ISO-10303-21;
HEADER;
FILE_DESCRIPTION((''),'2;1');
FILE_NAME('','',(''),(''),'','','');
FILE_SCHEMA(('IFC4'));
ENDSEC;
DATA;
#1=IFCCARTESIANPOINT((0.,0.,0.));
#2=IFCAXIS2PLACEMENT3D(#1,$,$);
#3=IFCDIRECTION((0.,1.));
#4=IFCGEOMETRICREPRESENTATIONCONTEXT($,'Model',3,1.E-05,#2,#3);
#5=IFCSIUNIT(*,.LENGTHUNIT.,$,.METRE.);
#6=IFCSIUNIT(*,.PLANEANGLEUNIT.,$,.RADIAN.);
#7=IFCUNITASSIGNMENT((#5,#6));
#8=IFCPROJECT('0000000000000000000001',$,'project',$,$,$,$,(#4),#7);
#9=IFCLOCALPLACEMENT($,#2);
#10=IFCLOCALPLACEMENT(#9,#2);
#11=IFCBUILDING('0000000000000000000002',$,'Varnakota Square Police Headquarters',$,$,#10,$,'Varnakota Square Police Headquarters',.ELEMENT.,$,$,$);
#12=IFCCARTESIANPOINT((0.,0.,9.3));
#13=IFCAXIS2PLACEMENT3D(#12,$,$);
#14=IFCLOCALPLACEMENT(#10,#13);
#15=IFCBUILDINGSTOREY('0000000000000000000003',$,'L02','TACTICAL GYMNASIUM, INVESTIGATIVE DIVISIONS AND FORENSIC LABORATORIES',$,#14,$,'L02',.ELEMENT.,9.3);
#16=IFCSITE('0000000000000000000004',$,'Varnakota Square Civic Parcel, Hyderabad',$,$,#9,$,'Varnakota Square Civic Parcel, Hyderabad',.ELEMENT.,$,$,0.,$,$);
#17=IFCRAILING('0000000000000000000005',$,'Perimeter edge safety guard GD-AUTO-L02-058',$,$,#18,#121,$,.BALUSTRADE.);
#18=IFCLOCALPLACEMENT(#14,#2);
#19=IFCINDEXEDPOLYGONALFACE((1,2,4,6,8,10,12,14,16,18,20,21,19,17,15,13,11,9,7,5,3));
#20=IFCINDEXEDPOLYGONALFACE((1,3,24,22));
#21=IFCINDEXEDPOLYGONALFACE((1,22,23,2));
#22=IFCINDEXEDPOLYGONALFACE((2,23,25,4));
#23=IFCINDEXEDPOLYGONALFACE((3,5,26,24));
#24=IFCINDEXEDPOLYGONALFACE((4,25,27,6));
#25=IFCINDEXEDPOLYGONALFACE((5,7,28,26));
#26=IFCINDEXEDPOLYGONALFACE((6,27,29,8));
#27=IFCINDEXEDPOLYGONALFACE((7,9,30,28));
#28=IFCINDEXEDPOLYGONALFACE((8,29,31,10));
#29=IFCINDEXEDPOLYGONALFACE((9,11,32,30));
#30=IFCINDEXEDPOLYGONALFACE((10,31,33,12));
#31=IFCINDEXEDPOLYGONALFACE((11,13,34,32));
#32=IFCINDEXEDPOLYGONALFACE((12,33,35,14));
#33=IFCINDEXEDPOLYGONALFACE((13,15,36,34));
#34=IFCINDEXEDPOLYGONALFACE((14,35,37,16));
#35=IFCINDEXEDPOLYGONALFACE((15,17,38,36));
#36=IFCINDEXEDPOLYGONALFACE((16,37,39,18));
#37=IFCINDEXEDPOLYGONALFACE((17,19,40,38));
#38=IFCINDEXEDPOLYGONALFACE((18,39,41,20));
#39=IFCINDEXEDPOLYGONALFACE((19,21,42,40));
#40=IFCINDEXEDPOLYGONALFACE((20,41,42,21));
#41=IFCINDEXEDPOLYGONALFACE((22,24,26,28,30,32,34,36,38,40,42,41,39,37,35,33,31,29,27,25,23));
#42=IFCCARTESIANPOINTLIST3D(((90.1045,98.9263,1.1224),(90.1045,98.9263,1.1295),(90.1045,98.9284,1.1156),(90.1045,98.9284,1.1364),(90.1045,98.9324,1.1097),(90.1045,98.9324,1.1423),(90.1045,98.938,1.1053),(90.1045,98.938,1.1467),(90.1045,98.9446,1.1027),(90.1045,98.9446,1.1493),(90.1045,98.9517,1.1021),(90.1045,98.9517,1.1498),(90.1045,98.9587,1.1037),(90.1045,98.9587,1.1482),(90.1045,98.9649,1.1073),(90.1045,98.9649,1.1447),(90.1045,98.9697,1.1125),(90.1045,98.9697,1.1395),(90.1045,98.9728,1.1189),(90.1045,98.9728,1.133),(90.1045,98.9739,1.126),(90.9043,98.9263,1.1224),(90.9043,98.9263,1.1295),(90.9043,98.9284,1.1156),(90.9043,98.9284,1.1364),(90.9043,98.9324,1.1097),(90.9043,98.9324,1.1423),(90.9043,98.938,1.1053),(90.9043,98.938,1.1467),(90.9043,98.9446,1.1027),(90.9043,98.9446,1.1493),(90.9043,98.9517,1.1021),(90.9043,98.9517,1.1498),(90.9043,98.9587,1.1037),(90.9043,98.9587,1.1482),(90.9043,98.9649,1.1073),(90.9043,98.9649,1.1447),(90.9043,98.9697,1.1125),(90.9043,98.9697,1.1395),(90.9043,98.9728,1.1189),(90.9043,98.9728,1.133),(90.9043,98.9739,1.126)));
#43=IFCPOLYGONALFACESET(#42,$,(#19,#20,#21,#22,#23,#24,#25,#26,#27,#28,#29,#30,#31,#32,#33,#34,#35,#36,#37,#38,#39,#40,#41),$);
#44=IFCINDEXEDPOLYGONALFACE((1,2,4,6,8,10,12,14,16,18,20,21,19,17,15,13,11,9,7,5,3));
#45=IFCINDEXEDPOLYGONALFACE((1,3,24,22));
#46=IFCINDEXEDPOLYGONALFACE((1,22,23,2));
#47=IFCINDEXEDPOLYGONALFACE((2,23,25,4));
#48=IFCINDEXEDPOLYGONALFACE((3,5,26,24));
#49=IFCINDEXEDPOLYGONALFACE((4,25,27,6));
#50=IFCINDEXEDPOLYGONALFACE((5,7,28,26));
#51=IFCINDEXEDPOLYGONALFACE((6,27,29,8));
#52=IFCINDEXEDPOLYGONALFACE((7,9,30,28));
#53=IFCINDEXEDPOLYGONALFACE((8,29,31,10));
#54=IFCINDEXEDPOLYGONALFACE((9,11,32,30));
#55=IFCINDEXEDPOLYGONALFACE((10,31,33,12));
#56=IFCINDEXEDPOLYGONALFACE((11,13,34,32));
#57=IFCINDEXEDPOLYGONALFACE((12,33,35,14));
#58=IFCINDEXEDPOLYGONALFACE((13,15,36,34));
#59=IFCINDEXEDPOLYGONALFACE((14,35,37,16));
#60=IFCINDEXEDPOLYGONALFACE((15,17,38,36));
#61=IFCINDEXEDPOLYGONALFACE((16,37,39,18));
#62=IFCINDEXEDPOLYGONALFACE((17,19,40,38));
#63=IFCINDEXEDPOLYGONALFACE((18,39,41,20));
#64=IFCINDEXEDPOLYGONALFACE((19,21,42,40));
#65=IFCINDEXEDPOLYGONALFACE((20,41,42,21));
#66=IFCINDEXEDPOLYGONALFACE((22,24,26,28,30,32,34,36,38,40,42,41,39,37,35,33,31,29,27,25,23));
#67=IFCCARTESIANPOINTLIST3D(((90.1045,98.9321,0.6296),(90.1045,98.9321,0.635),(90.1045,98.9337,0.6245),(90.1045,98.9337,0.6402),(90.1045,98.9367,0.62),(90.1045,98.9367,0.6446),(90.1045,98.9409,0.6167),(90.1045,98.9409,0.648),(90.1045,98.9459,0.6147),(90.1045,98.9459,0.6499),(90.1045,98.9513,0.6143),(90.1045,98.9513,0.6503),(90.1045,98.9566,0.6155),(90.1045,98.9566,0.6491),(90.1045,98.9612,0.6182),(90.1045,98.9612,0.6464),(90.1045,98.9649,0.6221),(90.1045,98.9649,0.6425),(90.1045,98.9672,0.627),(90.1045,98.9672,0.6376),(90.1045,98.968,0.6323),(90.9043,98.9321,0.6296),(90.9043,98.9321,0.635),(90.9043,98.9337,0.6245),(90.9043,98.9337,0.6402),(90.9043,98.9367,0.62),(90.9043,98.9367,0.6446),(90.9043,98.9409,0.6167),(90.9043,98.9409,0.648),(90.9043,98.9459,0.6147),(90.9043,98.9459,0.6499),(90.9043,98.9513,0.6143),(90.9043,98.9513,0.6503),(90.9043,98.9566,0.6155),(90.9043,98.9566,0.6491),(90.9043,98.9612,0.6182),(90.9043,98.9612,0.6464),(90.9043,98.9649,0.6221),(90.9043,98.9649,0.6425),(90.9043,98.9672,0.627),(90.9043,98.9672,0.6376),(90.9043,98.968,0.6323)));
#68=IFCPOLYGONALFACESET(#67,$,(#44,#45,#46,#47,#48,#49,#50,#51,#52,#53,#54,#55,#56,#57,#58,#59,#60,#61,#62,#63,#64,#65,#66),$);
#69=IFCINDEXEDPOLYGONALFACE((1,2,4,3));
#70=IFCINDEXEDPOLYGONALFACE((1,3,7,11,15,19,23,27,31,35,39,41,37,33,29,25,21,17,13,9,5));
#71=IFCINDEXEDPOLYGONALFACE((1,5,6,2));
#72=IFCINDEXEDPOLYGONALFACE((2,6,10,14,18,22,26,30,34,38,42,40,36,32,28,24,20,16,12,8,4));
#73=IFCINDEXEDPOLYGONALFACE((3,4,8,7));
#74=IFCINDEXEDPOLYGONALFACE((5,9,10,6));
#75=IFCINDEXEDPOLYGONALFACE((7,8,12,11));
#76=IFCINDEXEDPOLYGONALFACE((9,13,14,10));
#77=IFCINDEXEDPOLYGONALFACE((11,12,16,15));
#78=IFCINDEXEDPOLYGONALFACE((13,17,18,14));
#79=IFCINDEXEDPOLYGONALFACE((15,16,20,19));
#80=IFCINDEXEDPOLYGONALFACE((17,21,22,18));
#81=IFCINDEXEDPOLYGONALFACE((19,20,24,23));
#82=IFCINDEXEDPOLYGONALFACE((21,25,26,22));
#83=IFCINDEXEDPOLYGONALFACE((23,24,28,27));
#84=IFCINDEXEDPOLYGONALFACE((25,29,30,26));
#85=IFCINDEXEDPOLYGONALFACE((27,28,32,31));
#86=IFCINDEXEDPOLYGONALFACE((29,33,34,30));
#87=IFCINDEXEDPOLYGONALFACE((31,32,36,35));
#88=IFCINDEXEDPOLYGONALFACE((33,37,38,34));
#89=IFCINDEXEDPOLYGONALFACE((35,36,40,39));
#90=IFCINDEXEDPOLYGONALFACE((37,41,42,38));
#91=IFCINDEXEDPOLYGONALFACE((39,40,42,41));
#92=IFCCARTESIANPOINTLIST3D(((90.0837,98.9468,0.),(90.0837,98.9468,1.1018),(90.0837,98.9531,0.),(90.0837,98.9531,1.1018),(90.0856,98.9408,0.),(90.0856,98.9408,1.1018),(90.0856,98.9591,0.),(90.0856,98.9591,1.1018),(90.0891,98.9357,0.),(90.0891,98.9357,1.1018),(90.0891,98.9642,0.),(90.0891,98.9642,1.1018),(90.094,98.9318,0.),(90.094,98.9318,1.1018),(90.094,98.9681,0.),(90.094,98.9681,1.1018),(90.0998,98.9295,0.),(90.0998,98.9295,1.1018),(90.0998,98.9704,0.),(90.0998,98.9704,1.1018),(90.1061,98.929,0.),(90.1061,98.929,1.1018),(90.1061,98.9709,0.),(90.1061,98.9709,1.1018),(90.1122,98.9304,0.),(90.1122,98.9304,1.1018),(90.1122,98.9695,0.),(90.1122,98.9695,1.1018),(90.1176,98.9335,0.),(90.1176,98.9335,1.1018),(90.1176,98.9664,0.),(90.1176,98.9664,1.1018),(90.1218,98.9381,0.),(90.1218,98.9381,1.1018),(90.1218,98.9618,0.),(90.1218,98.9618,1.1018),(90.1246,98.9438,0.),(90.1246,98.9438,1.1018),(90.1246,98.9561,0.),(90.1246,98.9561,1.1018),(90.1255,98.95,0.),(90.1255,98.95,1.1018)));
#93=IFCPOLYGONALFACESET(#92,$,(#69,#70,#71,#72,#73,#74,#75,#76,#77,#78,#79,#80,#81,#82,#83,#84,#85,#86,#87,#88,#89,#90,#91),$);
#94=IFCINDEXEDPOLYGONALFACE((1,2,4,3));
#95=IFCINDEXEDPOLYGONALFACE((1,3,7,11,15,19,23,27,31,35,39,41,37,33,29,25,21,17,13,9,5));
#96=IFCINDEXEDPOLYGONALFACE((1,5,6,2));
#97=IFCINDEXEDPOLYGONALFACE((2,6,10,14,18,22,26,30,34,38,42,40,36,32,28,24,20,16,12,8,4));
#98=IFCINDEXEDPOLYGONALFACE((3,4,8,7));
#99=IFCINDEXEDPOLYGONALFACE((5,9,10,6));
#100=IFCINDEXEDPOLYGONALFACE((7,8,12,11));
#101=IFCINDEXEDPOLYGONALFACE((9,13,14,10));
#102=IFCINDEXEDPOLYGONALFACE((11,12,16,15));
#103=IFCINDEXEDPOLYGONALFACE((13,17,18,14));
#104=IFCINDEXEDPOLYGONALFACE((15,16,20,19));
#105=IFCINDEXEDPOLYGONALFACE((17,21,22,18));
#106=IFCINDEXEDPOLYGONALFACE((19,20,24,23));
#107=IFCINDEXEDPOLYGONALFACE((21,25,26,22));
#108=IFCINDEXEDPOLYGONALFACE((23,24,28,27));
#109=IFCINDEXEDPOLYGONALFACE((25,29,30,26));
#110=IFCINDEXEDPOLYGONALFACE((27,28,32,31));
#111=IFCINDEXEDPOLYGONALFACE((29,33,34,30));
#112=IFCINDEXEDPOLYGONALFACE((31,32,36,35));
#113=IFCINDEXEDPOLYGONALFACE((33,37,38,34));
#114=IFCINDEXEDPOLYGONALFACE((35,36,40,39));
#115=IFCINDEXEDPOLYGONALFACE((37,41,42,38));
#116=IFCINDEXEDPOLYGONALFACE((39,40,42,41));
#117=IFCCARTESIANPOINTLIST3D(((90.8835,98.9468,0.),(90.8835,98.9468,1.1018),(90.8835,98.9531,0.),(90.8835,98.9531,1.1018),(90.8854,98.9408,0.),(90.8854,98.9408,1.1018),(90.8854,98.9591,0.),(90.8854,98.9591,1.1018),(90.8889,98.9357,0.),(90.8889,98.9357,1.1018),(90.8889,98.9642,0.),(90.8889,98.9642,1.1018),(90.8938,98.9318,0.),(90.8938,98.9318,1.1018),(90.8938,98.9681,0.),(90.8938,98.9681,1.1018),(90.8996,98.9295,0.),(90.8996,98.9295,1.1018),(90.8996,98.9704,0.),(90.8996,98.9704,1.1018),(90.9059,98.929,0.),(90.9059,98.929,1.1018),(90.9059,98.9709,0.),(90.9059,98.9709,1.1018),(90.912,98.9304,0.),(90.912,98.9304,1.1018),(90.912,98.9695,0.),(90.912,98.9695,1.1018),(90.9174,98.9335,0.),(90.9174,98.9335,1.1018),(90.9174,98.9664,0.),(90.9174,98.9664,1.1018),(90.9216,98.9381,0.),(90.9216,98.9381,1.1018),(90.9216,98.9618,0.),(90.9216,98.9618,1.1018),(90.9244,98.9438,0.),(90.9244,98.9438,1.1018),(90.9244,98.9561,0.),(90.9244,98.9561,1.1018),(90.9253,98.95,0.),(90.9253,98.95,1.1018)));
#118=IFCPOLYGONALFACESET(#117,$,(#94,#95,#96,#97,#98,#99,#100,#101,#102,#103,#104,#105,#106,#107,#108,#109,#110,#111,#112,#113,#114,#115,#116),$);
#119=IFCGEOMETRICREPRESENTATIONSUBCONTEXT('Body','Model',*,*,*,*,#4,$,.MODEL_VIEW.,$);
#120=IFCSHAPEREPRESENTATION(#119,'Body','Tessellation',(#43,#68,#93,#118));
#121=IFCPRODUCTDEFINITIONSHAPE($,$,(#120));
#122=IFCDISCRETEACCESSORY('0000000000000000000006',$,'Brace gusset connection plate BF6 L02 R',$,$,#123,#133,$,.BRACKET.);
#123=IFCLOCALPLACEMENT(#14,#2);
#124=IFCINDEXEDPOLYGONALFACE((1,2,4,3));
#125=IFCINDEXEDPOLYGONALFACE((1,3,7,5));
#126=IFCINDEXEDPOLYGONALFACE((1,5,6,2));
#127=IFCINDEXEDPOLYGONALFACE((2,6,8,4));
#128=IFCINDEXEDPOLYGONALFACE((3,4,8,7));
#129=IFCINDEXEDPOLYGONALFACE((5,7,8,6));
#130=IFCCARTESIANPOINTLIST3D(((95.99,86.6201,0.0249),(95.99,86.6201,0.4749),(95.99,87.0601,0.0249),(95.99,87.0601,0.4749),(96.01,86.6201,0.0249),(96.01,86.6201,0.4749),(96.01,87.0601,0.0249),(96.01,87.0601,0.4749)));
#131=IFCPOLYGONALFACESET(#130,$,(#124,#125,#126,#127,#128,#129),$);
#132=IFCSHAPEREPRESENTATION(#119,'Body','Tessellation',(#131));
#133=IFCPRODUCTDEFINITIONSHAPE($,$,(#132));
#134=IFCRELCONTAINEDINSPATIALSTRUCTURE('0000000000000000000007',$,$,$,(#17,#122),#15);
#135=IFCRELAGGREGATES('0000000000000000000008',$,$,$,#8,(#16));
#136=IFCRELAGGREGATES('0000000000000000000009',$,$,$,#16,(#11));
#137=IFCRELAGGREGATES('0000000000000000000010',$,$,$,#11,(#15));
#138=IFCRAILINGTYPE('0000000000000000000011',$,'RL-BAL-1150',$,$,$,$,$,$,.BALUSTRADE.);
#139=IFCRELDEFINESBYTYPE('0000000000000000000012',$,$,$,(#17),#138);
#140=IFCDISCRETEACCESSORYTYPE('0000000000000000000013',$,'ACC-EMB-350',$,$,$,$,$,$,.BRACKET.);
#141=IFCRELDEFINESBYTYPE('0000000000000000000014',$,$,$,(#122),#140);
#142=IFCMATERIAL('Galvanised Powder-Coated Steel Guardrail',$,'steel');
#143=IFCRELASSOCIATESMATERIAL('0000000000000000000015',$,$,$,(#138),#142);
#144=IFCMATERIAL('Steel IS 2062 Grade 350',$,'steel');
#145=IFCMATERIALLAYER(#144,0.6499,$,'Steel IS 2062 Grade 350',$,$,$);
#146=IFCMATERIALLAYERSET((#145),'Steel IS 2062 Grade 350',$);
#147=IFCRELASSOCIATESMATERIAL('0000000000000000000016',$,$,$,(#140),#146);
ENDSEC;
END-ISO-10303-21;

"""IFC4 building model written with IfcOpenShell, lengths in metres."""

from ifc_helpers import new_model, si_unit, direction, frame, origin, origin_2d, place, context, subcontext, project, spatial, rectangle, circle, extrude, material, layer, layer_set, type_object, element, save


model = new_model("IFC4")

# Units and contexts
model_context = context("Model", 3, precision=1e-05, world=origin(), true_north=direction((0.0, 1.0)))
body_context = subcontext(model_context, "Body", "Model", "MODEL_VIEW")
ifc_project = project(units=[si_unit("LENGTHUNIT", "METRE"), si_unit("PLANEANGLEUNIT", "RADIAN")], contexts=[model_context])

# Site, building, storey
site_placement = place(None, origin())
site = spatial("IfcSite", under=ifc_project, at=site_placement, Name="Varnakota Square Civic Parcel, Hyderabad", LongName="Varnakota Square Civic Parcel, Hyderabad", CompositionType="ELEMENT", RefElevation=0.0)
building_placement = place(site_placement, origin())
building = spatial("IfcBuilding", under=site, at=building_placement, Name="Varnakota Square Police Headquarters", LongName="Varnakota Square Police Headquarters", CompositionType="ELEMENT")
storey_placement = place(building_placement, frame((0.0, 0.0, 9.3)))
storey = spatial("IfcBuildingStorey", under=building, at=storey_placement, Name="L02", Description="TACTICAL GYMNASIUM, INVESTIGATIVE DIVISIONS AND FORENSIC LABORATORIES", LongName="L02", CompositionType="ELEMENT", Elevation=9.3)

# Shared definitions
ifc_material_1 = material(Name="Steel IS 2062 Grade 350", Category="steel")

# Railing
ifc_material_2 = material(Name="Galvanised Powder-Coated Steel Guardrail", Category="steel")
railing_type = type_object("IfcRailingType", Name="RL-BAL-1150", PredefinedType="BALUSTRADE", material=ifc_material_2)
railing_1_placement = place(storey_placement, frame((90.1045, 98.95, 0.0)))
element("IfcRailing", 1, at=railing_1_placement, inside=storey, type_object=railing_type, Name="Perimeter edge safety guard GD-AUTO-L02-058", PredefinedType="BALUSTRADE", context=body_context, shape_type="SweptSolid", body=[
    extrude(circle(Radius=0.0239, at=origin_2d()), frame((0.0, 0.0, 1.126), z_axis=(1.0, 0.0, 0.0), x_axis=(0.0, 1.0, 0.0)), (0.0, 0.0, 1.0), 0.7998),
    extrude(circle(Radius=0.0181, at=origin_2d()), frame((0.0, 0.0, 0.6323), z_axis=(1.0, 0.0, 0.0), x_axis=(0.0, 1.0, 0.0)), (0.0, 0.0, 1.0), 0.7998),
    extrude(circle(Radius=0.021, at=origin_2d()), origin(), (0.0, 0.0, 1.0), 1.1018),
    extrude(circle(Radius=0.021, at=origin_2d()), frame((0.7998, 0.0, 0.0)), (0.0, 0.0, 1.0), 1.1018),
])

# Discrete accessory
ifc_layer_1 = layer(ifc_material_1, 0.6499, Name="Steel IS 2062 Grade 350")
ifc_layer_set_1 = layer_set([ifc_layer_1], Name="Steel IS 2062 Grade 350")
discrete_accessory_type = type_object("IfcDiscreteAccessoryType", Name="ACC-EMB-350", PredefinedType="BRACKET", material=ifc_layer_set_1)
discrete_accessory_placement = place(storey_placement, frame((96.0, 86.8401, 0.0249), z_axis=(0.0, 0.0, 1.0), x_axis=(0.0, 1.0, 0.0)))
element("IfcDiscreteAccessory", 2, at=discrete_accessory_placement, inside=storey, type_object=discrete_accessory_type, Name="Brace gusset connection plate BF6 L02 R", PredefinedType="BRACKET", context=body_context, shape_type="SweptSolid", body=[
    extrude(rectangle(XDim=0.4399, YDim=0.02, at=origin_2d()), origin(), (0.0, 0.0, 1.0), 0.45),
])

save(model, "model.ifc")
